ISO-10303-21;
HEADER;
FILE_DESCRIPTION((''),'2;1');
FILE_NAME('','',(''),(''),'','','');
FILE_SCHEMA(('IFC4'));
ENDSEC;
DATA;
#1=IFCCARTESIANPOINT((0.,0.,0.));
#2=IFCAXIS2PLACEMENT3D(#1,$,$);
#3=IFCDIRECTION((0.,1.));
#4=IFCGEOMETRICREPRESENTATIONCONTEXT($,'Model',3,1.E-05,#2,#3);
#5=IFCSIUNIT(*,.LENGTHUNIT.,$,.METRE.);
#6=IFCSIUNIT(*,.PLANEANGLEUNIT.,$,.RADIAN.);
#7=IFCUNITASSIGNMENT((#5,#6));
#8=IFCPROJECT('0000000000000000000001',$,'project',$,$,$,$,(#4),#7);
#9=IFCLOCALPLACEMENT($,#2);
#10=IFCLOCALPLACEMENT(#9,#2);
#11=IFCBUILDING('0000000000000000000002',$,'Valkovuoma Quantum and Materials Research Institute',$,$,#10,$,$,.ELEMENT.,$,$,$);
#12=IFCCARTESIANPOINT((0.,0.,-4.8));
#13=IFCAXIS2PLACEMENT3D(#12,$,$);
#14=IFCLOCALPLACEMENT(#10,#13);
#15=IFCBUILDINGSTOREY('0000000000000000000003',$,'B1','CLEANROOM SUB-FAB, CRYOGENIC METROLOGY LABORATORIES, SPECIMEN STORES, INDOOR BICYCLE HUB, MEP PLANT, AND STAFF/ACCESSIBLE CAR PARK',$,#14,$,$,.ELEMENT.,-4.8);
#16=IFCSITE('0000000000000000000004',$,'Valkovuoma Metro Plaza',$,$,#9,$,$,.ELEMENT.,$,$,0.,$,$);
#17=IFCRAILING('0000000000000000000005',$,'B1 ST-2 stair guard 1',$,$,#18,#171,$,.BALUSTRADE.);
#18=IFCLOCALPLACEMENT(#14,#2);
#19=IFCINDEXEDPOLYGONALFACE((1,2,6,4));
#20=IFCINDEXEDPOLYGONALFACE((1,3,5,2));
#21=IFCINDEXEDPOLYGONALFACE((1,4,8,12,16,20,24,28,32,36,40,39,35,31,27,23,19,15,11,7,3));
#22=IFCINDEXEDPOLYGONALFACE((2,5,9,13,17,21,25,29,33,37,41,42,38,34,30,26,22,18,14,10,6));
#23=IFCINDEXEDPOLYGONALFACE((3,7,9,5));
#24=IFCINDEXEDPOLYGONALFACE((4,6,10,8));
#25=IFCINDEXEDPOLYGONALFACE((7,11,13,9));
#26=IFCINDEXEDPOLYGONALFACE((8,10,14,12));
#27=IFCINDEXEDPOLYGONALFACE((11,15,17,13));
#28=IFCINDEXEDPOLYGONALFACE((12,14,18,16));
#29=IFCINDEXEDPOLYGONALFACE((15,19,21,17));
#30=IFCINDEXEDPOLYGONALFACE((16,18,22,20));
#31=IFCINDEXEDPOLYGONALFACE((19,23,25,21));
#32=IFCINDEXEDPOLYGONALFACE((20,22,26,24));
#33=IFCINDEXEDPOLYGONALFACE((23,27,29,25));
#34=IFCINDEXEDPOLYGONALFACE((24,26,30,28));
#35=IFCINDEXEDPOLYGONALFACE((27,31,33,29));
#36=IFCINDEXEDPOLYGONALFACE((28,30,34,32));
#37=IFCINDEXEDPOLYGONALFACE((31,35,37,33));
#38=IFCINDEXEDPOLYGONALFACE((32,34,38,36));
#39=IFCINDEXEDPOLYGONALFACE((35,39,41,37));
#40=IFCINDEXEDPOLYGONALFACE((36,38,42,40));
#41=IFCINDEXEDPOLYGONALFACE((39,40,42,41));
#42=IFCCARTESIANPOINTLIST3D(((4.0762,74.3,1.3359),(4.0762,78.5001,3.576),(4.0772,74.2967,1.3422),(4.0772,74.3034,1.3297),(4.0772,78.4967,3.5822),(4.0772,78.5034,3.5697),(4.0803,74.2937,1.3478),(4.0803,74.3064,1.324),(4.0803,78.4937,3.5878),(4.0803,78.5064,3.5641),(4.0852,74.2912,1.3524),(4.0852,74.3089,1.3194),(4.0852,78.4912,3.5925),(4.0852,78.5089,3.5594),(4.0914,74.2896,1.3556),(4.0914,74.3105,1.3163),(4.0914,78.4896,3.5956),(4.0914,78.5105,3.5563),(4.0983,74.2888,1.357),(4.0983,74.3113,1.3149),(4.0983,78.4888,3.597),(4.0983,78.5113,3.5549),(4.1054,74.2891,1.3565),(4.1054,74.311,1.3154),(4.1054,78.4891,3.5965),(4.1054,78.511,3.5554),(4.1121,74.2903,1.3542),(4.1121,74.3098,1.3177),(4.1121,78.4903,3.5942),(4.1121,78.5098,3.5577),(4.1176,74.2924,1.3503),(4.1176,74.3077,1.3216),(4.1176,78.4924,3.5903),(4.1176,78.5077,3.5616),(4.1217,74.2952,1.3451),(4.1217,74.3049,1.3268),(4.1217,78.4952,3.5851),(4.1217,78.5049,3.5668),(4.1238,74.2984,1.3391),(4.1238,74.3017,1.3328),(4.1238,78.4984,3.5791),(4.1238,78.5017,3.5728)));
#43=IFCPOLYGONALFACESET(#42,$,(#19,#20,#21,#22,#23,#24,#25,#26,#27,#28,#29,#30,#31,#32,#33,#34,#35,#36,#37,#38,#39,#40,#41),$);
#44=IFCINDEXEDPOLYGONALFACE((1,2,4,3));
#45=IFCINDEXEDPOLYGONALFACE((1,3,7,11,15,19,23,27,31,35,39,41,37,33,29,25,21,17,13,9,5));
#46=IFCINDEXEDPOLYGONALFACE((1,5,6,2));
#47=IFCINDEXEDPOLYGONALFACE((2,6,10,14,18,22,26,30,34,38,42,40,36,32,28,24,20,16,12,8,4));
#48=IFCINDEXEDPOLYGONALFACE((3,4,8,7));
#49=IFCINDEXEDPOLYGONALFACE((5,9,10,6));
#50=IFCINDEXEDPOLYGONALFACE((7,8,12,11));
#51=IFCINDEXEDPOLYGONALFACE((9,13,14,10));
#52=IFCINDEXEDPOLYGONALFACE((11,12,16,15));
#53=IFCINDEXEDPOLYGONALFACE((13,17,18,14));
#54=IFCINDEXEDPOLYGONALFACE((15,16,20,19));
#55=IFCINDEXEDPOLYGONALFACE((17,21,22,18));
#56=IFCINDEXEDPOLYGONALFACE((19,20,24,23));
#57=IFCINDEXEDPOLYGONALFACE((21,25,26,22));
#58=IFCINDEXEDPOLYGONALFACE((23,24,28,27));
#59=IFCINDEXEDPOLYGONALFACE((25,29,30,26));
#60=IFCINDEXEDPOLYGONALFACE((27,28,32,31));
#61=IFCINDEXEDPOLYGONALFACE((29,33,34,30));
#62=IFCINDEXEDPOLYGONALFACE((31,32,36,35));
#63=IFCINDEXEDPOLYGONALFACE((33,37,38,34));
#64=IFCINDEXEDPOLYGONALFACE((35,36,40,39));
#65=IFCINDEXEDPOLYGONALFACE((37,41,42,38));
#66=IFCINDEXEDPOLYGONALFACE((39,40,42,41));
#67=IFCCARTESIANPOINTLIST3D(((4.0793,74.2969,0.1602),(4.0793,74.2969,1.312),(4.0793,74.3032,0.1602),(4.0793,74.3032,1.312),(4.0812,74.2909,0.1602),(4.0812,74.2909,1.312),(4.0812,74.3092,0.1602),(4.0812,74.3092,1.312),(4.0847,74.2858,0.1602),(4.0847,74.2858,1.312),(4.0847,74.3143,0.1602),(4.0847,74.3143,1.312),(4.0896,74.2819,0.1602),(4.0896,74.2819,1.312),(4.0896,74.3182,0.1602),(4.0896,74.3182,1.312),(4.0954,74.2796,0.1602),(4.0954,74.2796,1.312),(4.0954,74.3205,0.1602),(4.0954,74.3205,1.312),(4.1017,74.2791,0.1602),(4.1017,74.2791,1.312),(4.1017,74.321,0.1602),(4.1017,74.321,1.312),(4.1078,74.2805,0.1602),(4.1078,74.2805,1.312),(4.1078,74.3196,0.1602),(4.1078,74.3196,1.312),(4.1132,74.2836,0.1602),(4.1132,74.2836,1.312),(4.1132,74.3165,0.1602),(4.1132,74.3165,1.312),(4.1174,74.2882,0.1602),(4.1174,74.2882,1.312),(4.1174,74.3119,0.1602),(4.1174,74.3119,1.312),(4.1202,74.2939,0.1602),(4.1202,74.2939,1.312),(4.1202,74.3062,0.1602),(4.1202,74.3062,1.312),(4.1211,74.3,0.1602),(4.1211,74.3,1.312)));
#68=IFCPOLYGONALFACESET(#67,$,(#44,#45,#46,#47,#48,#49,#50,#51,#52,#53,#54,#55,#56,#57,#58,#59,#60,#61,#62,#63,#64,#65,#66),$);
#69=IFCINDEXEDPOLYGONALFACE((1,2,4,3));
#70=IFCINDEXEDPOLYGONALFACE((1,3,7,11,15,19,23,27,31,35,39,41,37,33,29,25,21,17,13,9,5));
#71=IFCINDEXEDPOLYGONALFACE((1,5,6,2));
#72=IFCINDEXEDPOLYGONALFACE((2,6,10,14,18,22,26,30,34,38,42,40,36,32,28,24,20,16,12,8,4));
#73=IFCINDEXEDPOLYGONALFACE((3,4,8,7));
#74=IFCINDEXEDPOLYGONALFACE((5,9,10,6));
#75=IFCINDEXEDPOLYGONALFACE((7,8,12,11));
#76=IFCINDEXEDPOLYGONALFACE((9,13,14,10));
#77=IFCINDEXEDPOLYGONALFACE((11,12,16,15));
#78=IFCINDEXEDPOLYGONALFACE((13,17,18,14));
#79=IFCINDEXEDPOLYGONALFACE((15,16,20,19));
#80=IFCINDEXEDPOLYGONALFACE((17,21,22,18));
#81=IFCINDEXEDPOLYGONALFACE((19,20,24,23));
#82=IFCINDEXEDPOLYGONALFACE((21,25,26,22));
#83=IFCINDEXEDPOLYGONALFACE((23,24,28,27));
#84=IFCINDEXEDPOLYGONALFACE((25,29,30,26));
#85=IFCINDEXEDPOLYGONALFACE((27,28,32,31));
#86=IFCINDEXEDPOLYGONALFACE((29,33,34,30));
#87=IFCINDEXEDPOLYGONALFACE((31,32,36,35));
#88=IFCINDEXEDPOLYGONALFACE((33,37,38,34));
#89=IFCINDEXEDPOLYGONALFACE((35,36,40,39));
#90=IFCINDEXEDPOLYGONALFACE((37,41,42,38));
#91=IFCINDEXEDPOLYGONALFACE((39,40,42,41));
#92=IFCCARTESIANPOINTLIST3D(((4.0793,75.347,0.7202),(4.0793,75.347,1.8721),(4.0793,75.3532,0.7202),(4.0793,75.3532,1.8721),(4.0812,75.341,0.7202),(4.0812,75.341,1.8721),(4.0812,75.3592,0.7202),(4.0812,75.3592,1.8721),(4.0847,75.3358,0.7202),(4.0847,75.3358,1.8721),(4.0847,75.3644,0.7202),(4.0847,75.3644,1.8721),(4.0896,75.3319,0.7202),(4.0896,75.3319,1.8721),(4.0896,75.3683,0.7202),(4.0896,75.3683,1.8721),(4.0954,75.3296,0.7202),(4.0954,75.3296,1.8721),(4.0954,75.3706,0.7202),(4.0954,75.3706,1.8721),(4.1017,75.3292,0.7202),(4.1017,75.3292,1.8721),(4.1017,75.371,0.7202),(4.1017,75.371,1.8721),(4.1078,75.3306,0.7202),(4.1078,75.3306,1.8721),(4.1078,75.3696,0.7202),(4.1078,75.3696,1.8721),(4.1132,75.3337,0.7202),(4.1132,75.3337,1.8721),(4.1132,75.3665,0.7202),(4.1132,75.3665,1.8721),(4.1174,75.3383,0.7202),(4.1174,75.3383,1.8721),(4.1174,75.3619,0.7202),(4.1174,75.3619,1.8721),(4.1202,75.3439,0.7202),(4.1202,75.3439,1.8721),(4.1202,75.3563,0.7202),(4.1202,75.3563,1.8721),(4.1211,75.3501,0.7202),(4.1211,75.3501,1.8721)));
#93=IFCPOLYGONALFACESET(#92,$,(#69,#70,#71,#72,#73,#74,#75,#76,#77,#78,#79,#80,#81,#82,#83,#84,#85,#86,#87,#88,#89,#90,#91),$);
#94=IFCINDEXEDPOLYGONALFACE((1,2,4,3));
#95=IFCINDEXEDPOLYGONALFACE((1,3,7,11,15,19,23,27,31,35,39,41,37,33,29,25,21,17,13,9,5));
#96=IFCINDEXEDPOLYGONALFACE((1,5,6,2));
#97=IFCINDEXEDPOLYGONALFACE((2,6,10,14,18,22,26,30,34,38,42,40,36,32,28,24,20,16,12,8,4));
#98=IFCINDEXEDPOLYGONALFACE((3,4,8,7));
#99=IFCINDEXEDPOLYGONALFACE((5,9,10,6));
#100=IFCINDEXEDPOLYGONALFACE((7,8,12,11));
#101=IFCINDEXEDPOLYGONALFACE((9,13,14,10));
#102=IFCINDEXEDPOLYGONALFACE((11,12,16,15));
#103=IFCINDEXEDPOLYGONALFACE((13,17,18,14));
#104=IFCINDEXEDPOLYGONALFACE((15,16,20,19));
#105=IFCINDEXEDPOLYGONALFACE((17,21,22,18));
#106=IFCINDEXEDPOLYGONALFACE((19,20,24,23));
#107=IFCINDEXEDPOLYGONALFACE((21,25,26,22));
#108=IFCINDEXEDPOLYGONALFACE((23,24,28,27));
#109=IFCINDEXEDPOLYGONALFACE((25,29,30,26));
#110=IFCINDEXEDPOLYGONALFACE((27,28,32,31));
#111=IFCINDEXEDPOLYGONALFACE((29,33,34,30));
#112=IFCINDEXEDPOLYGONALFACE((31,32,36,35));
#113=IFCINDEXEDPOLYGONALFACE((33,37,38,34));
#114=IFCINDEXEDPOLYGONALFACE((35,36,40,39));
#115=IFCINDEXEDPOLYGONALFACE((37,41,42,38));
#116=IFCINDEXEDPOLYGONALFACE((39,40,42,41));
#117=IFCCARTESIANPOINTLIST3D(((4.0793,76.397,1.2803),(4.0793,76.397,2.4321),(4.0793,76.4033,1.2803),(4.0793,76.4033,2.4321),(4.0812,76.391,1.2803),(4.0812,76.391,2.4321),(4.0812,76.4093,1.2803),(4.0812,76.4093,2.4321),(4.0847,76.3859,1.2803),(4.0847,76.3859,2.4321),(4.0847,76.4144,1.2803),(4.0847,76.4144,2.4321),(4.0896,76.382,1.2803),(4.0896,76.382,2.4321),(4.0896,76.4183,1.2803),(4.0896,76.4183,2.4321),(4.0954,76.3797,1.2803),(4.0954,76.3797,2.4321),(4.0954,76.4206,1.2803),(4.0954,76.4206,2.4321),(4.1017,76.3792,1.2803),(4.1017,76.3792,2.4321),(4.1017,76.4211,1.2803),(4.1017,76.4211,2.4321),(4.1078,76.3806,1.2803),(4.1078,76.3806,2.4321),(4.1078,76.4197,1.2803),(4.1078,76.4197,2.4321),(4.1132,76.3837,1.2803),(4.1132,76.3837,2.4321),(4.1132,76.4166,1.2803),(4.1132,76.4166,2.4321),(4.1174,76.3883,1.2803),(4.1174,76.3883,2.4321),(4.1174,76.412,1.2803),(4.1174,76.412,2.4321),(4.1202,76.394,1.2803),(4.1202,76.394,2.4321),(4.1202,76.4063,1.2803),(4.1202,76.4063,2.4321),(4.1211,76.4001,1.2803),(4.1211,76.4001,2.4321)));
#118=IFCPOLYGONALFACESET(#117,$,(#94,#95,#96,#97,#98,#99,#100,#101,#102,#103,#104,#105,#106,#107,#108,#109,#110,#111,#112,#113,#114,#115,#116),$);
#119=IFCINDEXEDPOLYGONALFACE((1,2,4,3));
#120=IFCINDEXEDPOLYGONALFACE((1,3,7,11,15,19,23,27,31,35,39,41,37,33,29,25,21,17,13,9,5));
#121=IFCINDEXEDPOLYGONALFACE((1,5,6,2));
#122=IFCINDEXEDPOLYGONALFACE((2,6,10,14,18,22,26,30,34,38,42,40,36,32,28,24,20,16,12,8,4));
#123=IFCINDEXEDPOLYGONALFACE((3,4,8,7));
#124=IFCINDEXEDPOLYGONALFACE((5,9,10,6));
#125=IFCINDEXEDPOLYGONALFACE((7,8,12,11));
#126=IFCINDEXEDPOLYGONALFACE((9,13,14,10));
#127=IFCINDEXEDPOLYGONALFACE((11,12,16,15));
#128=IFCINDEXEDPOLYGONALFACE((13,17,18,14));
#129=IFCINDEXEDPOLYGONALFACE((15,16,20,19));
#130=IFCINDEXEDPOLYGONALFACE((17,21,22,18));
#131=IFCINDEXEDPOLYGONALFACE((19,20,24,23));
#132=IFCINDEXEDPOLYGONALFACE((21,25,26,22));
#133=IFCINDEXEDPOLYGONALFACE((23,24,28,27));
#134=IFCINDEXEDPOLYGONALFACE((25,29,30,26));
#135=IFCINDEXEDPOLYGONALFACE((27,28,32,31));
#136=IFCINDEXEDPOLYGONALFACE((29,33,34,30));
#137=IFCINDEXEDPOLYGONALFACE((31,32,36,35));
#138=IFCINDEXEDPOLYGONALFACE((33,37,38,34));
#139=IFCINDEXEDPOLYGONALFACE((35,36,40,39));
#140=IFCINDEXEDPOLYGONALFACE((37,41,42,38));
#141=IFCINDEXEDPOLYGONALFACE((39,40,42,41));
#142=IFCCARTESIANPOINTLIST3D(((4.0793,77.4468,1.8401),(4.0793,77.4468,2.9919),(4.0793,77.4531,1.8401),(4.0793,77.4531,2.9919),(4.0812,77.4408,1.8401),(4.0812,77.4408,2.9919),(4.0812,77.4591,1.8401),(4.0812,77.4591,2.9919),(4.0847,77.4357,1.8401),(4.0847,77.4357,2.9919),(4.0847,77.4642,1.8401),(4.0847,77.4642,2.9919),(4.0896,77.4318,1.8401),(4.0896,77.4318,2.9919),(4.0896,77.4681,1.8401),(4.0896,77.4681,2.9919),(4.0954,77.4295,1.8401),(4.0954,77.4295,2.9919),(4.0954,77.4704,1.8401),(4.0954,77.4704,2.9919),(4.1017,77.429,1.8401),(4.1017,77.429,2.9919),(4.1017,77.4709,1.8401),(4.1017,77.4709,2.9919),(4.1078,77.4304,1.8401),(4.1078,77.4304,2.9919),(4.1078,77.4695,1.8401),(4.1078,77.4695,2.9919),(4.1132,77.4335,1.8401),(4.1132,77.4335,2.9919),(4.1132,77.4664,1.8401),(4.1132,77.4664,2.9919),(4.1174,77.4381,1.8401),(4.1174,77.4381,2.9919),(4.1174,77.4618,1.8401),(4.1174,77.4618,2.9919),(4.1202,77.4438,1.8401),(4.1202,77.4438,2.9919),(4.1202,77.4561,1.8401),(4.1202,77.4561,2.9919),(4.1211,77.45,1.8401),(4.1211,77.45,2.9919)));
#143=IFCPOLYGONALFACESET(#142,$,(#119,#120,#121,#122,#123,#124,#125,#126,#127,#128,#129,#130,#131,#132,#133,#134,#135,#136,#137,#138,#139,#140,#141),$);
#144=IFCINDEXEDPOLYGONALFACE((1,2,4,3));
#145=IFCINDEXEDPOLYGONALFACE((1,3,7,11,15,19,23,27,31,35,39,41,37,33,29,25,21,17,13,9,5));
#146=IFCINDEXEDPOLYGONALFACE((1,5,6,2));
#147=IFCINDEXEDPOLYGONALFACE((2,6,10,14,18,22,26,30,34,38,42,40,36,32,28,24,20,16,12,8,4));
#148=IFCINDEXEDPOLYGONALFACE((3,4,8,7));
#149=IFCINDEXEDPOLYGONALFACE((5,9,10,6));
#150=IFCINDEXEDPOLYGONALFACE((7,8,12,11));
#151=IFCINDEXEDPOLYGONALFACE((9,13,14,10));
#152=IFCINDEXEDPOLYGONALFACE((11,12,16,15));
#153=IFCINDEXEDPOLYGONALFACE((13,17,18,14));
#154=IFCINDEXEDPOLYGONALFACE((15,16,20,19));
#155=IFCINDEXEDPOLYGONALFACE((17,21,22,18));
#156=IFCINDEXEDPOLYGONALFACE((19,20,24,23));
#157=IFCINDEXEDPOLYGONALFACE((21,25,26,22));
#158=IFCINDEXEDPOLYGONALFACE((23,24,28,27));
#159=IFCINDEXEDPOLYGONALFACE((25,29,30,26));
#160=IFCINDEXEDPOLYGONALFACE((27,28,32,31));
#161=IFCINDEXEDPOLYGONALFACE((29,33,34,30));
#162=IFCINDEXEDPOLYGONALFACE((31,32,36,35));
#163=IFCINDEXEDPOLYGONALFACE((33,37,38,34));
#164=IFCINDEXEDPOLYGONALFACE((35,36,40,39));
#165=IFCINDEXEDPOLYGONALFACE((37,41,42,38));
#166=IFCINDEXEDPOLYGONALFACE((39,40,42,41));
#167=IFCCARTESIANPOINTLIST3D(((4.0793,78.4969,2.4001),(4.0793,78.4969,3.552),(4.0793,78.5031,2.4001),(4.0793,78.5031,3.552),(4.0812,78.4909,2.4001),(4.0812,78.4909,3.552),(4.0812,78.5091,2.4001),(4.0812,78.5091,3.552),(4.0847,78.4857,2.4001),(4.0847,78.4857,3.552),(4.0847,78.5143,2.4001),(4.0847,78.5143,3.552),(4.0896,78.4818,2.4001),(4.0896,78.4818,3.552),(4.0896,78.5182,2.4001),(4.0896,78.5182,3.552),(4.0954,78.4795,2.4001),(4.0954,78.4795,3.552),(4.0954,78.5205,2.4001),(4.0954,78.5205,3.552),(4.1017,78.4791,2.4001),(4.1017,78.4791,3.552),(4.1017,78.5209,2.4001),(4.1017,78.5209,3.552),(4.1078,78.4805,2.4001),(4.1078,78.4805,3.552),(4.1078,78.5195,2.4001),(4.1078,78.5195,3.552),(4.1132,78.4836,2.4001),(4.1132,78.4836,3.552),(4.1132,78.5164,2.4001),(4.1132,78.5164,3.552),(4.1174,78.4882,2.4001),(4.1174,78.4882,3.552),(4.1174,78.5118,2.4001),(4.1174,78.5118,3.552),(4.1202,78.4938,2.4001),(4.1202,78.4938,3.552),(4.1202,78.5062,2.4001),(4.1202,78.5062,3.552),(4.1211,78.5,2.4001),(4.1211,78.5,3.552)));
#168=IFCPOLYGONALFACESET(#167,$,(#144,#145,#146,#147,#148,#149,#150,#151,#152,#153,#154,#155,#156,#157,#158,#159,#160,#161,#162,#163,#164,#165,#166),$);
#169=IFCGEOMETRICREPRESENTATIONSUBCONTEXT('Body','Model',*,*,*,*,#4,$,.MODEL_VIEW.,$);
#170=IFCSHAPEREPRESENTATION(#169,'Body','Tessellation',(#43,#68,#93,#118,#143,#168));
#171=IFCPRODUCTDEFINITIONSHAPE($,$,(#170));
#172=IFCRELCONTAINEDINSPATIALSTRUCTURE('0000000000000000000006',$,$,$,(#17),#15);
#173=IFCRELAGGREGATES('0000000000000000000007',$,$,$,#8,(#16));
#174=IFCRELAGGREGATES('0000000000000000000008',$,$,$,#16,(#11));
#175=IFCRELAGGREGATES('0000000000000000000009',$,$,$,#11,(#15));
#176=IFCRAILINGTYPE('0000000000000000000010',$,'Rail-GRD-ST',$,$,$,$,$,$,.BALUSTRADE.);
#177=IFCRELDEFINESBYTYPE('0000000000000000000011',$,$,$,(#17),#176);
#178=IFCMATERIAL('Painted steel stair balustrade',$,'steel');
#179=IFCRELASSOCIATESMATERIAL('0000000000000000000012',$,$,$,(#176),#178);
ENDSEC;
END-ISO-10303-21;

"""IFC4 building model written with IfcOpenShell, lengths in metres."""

from ifc_helpers import new_model, si_unit, direction, frame, origin, origin_2d, place, context, subcontext, project, spatial, circle, extrude, material, type_object, element, save


model = new_model("IFC4")

# Units and contexts
model_context = context("Model", 3, precision=1e-05, world=origin(), true_north=direction((0.0, 1.0)))
body_context = subcontext(model_context, "Body", "Model", "MODEL_VIEW")
ifc_project = project(units=[si_unit("LENGTHUNIT", "METRE"), si_unit("PLANEANGLEUNIT", "RADIAN")], contexts=[model_context])

# Site, building, storey
site_placement = place(None, origin())
site = spatial("IfcSite", under=ifc_project, at=site_placement, Name="Valkovuoma Metro Plaza", CompositionType="ELEMENT", RefElevation=0.0)
building_placement = place(site_placement, origin())
building = spatial("IfcBuilding", under=site, at=building_placement, Name="Valkovuoma Quantum and Materials Research Institute", CompositionType="ELEMENT")
storey_placement = place(building_placement, frame((0.0, 0.0, -4.8)))
storey = spatial("IfcBuildingStorey", under=building, at=storey_placement, Name="B1", Description="CLEANROOM SUB-FAB, CRYOGENIC METROLOGY LABORATORIES, SPECIMEN STORES, INDOOR BICYCLE HUB, MEP PLANT, AND STAFF/ACCESSIBLE CAR PARK", CompositionType="ELEMENT", Elevation=-4.8)

# Railing
ifc_material_1 = material(Name="Painted steel stair balustrade", Category="steel")
railing_type_1 = type_object("IfcRailingType", Name="Rail-GRD-ST", PredefinedType="BALUSTRADE", material=ifc_material_1)
railing_1_placement = place(storey_placement, frame((4.1001, 74.3, 0.1602)))
element("IfcRailing", 1, at=railing_1_placement, inside=storey, type_object=railing_type_1, Name="B1 ST-2 stair guard 1", PredefinedType="BALUSTRADE", context=body_context, shape_type="SweptSolid", body=[
    extrude(circle(Radius=0.0239, at=origin_2d()), frame((0.0, 0.0, 1.1758), z_axis=(0.0, 0.882352, 0.470591), x_axis=(-1.0, 0.0, 0.0)), (0.0, 0.0, 1.0), 4.76),
    extrude(circle(Radius=0.021, at=origin_2d()), origin(), (0.0, 0.0, 1.0), 1.1519),
    extrude(circle(Radius=0.021, at=origin_2d()), frame((0.0, 1.05, 0.5601)), (0.0, 0.0, 1.0), 1.1519),
    extrude(circle(Radius=0.021, at=origin_2d()), frame((0.0, 2.1001, 1.1201)), (0.0, 0.0, 1.0), 1.1519),
    extrude(circle(Radius=0.021, at=origin_2d()), frame((0.0, 3.1499, 1.6799)), (0.0, 0.0, 1.0), 1.1519),
    extrude(circle(Radius=0.021, at=origin_2d()), frame((0.0, 4.2, 2.24)), (0.0, 0.0, 1.0), 1.1519),
])

save(model, "model.ifc")
